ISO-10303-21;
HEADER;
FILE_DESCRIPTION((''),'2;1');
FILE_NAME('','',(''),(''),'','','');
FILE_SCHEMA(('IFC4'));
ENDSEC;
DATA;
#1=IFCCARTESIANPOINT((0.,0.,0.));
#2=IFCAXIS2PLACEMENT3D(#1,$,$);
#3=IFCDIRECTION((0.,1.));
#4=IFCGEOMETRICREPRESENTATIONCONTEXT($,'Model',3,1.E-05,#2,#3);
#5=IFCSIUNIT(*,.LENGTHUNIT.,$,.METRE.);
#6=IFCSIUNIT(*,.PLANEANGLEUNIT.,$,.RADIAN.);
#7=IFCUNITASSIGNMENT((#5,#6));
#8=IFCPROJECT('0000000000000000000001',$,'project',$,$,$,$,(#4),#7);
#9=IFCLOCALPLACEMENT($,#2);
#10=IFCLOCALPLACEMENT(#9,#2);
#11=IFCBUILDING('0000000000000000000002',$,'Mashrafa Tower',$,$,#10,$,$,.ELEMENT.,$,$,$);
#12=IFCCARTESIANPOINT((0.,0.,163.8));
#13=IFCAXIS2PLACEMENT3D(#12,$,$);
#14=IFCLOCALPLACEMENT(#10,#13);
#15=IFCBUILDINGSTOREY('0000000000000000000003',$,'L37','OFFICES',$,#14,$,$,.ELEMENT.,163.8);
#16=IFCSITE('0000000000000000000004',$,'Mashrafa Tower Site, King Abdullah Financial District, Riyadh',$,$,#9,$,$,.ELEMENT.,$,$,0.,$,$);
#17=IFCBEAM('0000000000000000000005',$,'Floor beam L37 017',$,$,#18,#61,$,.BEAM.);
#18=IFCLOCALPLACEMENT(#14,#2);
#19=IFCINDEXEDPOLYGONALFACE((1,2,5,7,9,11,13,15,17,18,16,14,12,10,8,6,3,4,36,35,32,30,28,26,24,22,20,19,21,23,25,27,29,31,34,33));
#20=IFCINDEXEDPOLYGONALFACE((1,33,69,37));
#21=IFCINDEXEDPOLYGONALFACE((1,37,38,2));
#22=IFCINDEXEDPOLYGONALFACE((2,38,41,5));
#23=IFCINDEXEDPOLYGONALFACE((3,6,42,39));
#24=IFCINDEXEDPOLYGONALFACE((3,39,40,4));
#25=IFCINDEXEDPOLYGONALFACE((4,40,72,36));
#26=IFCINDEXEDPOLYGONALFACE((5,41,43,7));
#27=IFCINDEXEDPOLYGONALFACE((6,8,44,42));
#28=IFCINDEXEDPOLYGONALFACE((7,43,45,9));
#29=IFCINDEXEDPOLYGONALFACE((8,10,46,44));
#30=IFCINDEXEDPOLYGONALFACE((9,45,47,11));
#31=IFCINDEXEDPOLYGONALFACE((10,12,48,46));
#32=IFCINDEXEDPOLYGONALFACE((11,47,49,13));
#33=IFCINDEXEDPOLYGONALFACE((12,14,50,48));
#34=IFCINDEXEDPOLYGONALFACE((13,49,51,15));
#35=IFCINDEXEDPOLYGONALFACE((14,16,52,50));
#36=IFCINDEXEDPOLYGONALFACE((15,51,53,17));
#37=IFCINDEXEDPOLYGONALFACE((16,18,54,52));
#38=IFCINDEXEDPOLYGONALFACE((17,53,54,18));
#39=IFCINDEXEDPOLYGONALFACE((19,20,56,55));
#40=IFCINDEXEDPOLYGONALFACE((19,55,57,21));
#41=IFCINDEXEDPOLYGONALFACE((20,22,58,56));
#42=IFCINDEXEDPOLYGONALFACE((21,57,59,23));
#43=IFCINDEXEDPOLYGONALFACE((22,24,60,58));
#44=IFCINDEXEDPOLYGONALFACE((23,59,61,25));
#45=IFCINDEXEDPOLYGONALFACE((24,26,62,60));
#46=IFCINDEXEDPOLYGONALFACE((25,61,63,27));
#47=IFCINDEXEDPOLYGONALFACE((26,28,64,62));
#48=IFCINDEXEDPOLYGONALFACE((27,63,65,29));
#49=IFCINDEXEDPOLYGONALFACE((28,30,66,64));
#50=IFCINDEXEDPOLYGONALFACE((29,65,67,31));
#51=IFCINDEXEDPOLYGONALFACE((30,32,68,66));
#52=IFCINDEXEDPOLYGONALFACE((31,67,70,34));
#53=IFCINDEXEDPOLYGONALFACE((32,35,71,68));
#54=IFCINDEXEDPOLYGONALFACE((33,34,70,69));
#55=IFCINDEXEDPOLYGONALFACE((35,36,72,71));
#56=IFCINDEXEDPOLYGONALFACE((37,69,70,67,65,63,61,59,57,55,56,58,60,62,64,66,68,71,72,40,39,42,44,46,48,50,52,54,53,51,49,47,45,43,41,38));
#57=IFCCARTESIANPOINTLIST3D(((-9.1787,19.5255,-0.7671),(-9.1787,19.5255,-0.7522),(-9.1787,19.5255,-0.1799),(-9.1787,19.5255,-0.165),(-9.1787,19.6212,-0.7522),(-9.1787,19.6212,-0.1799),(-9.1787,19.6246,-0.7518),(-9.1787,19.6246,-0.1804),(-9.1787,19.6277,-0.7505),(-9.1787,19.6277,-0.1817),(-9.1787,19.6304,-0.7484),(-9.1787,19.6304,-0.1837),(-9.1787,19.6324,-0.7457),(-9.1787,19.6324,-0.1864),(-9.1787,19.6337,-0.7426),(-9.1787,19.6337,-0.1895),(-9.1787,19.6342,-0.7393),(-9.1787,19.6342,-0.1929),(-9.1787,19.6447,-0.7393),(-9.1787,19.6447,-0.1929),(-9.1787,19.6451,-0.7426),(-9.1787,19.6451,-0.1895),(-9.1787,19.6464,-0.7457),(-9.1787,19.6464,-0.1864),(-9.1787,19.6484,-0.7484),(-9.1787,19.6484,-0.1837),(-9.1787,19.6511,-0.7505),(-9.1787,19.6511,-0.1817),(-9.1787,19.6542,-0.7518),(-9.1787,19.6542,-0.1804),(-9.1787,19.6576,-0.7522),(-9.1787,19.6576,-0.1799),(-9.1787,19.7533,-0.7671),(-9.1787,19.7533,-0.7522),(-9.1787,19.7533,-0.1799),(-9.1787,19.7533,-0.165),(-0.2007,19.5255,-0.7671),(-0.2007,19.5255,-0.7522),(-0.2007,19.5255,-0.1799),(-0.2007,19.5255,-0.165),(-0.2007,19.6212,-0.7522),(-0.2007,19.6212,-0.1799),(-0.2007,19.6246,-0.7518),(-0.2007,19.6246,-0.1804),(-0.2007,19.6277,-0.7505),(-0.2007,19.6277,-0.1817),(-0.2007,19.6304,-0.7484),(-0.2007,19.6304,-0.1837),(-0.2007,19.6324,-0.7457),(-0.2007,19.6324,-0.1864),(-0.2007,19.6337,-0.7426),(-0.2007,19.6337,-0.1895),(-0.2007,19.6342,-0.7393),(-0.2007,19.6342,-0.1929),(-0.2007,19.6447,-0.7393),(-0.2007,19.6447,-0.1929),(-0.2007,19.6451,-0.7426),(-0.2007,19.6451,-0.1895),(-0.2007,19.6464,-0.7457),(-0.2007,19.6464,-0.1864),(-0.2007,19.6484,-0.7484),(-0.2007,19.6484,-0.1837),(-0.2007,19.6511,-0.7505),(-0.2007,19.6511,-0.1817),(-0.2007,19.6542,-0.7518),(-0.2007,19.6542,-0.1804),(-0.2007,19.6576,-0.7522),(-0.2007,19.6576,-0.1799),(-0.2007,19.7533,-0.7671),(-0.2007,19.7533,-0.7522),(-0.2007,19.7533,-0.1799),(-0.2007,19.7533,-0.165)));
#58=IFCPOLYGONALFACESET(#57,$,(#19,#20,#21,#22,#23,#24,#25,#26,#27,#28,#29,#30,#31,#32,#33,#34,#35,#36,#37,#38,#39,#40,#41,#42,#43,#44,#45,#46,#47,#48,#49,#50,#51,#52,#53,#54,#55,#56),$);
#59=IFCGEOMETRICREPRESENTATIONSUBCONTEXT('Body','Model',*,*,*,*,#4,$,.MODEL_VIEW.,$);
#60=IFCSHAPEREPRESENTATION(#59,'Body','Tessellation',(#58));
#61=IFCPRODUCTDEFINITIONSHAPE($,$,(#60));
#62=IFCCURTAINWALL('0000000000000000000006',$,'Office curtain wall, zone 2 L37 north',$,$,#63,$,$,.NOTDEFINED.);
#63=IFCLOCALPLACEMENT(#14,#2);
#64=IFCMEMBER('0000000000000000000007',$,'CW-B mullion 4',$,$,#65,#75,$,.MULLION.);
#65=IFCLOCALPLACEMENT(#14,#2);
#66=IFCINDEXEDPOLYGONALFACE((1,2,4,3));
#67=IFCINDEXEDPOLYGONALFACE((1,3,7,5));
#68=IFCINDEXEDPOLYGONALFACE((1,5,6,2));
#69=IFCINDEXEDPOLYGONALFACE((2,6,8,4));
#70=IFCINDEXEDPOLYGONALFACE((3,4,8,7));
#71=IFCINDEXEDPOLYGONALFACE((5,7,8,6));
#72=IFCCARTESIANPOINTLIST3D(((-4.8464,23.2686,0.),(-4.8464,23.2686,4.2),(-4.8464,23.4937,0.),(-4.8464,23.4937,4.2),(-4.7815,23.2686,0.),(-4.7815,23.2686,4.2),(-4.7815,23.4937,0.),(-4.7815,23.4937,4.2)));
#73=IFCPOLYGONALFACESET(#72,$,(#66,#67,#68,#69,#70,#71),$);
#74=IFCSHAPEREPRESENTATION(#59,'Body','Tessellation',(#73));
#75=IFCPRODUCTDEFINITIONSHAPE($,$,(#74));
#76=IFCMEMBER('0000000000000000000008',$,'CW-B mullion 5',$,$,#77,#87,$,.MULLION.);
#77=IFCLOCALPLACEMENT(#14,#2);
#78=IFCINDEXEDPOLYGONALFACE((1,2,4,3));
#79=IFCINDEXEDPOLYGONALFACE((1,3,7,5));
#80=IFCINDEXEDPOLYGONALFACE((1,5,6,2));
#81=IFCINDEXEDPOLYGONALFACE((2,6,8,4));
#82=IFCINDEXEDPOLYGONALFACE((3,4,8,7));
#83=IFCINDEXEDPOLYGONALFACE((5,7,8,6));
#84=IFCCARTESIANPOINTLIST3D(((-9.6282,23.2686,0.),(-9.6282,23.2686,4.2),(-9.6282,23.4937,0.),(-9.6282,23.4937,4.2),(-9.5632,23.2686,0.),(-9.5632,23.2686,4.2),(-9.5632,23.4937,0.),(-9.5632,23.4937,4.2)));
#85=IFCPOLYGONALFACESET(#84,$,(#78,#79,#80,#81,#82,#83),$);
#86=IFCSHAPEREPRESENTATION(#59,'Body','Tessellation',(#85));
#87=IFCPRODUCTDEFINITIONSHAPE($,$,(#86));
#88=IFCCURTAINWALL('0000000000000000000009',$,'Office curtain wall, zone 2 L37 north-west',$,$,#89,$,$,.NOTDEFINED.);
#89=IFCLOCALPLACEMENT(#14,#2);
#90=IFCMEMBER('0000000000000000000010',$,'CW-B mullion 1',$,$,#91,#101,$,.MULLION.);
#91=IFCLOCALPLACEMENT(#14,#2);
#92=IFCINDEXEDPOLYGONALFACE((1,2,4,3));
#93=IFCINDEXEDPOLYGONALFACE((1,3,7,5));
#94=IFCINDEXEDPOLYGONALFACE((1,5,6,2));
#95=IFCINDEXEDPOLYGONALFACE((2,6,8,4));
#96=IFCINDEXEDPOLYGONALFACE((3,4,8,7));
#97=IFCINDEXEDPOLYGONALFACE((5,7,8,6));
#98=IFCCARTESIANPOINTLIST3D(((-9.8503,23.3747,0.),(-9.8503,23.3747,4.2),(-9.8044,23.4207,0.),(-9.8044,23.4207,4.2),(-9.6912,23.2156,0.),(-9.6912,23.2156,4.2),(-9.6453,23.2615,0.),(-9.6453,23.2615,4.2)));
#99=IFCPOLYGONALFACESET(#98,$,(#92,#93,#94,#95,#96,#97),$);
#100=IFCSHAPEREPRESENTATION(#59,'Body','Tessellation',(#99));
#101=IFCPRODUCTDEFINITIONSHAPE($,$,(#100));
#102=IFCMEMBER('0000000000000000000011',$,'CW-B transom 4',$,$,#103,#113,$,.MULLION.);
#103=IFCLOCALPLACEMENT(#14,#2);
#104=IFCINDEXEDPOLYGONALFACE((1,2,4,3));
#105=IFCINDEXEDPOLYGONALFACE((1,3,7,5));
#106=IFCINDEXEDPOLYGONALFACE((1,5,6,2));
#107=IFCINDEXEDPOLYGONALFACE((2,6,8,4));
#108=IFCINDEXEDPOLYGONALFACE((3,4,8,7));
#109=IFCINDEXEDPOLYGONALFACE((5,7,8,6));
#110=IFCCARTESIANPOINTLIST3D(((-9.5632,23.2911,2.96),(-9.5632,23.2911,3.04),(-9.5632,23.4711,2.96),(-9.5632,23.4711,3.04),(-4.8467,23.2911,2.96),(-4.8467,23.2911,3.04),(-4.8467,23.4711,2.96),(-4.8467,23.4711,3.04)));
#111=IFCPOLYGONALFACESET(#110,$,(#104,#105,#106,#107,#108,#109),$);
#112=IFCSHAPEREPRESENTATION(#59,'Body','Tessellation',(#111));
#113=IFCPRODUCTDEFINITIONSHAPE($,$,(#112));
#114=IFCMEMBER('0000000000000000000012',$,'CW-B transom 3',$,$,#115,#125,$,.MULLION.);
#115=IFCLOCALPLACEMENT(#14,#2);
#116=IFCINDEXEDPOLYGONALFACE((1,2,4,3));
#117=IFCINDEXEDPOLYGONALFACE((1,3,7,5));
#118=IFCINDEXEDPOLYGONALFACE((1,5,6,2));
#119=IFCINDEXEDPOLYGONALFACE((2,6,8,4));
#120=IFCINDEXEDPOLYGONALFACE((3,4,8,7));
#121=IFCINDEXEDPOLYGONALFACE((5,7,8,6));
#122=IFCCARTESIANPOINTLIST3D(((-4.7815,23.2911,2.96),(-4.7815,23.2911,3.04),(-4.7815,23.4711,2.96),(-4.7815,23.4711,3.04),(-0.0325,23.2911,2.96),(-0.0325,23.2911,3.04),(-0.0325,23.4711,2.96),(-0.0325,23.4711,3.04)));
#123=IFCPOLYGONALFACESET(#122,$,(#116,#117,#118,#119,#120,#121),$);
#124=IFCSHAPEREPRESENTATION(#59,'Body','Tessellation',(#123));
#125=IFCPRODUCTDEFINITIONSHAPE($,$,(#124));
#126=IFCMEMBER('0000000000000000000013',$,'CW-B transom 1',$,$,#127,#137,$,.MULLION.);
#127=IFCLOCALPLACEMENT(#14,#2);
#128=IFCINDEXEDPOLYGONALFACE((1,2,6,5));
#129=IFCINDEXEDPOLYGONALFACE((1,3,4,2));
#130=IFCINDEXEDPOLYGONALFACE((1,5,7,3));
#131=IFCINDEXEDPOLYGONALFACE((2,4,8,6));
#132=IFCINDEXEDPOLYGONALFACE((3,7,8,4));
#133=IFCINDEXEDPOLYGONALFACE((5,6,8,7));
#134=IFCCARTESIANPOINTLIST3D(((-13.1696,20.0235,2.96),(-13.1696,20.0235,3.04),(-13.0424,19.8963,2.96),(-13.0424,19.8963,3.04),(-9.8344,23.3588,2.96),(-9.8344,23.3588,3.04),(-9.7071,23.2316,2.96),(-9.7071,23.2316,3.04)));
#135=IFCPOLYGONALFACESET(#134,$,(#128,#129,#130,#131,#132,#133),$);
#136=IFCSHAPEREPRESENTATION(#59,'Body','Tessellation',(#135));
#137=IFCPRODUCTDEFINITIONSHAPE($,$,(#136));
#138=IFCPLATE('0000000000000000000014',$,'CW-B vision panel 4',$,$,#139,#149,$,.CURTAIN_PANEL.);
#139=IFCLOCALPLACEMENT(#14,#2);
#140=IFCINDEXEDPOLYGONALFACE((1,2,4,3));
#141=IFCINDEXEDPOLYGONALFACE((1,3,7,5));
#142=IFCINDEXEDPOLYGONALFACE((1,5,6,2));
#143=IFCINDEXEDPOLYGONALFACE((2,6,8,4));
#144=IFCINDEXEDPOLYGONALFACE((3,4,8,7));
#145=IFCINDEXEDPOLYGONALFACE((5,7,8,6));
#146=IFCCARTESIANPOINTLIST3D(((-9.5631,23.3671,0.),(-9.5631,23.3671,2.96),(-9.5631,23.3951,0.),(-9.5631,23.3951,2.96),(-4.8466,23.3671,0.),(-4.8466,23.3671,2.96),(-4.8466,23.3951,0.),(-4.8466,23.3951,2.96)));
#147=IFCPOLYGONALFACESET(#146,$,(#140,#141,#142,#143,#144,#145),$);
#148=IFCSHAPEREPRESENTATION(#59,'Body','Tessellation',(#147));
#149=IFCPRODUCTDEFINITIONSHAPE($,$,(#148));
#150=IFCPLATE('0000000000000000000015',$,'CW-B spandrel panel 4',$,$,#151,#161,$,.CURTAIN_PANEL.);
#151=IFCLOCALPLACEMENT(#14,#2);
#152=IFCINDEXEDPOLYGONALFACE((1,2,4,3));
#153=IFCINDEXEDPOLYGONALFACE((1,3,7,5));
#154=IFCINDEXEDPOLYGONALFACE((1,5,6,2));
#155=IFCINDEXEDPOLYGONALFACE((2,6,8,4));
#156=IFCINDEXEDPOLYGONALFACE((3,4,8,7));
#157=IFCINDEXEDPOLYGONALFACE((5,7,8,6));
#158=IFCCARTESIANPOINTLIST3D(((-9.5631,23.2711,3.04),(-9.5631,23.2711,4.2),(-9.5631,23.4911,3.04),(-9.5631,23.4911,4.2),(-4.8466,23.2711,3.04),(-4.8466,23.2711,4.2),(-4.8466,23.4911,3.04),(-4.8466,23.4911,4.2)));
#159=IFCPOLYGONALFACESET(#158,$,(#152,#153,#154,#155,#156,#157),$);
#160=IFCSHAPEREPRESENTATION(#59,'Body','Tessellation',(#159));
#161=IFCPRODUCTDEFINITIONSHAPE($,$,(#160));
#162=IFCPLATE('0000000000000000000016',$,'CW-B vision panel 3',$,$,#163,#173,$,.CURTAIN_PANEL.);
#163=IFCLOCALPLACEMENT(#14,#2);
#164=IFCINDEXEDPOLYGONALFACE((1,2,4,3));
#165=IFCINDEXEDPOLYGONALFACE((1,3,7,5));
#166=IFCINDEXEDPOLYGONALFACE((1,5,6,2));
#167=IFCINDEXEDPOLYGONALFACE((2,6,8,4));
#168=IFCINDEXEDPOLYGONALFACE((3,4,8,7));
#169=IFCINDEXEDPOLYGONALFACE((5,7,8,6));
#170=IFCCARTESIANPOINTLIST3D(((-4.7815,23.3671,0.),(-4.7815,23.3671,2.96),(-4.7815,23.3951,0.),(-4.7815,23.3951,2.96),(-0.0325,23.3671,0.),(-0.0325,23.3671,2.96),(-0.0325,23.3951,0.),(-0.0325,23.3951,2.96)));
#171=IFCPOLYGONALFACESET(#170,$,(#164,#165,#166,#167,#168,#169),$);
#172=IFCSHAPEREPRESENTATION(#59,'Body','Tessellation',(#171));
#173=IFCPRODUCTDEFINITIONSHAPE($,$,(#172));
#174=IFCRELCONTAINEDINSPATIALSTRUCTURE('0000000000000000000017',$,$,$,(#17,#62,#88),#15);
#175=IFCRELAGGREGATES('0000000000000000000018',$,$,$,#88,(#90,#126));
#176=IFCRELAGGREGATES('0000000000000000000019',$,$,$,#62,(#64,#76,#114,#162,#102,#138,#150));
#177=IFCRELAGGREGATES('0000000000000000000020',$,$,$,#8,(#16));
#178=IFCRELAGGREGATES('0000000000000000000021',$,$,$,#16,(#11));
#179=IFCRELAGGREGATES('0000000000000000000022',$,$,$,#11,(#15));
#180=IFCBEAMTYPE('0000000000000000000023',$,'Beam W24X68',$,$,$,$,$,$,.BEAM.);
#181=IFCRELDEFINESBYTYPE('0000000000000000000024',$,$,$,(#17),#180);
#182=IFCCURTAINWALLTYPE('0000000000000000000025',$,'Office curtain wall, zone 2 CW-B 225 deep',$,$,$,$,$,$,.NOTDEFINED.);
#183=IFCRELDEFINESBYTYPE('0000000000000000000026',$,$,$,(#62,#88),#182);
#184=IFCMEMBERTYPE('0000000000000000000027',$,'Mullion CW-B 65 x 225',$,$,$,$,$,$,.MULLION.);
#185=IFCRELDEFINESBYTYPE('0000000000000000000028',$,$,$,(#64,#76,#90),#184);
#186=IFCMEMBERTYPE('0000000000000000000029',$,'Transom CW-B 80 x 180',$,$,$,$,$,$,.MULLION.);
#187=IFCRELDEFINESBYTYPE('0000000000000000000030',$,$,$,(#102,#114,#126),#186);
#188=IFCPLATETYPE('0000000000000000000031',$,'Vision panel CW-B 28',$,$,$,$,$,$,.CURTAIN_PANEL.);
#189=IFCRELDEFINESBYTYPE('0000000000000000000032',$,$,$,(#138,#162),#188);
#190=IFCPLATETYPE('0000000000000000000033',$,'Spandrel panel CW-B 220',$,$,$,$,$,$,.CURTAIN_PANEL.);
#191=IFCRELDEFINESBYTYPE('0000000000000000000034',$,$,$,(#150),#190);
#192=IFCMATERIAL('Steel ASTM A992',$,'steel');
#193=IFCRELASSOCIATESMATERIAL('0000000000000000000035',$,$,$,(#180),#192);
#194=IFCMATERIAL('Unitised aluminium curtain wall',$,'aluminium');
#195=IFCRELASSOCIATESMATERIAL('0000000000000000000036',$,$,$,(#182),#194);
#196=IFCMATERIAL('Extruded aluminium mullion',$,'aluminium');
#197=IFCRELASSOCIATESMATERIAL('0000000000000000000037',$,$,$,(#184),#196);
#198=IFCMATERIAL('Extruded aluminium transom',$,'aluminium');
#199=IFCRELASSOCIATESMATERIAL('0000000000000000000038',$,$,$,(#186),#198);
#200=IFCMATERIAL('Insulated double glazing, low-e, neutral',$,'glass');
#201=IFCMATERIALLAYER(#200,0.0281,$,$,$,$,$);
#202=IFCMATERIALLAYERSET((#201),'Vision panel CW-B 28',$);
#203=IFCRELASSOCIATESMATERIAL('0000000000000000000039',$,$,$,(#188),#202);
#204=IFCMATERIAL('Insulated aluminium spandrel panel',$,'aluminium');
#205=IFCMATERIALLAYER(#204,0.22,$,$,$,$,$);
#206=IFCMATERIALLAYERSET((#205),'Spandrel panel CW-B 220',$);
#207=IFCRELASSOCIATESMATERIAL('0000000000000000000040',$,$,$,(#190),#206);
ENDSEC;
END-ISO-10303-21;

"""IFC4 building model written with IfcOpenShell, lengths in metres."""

from ifc_helpers import new_model, si_unit, direction, frame, origin, origin_2d, place, context, subcontext, project, spatial, rectangle, i_section, extrude, source, transform, mapped, material, layer, layer_set, material_profile, profile_set, type_object, type_shapes, element, aggregate, save


model = new_model("IFC4")

# Units and contexts
model_context = context("Model", 3, precision=1e-05, world=origin(), true_north=direction((0.0, 1.0)))
body_context = subcontext(model_context, "Body", "Model", "MODEL_VIEW")
ifc_project = project(units=[si_unit("LENGTHUNIT", "METRE"), si_unit("PLANEANGLEUNIT", "RADIAN")], contexts=[model_context])

# Site, building, storey
site_placement = place(None, origin())
site = spatial("IfcSite", under=ifc_project, at=site_placement, Name="Mashrafa Tower Site, King Abdullah Financial District, Riyadh", CompositionType="ELEMENT", RefElevation=0.0)
building_placement = place(site_placement, origin())
building = spatial("IfcBuilding", under=site, at=building_placement, Name="Mashrafa Tower", CompositionType="ELEMENT")
storey_placement = place(building_placement, frame((0.0, 0.0, 163.8)))
storey = spatial("IfcBuildingStorey", under=building, at=storey_placement, Name="L37", Description="OFFICES", CompositionType="ELEMENT", Elevation=163.8)

# Beam
ifc_material_1 = material(Name="Steel ASTM A992", Category="steel")
ifc_material_profile_1 = material_profile(ifc_material_1, i_section(OverallWidth=0.2278, OverallDepth=0.6021, WebThickness=0.0105, FlangeThickness=0.0149, FilletRadius=0.0129, at=origin_2d()), Name="W24X68")
ifc_profile_set_1 = profile_set([ifc_material_profile_1], Name="Steel ASTM A992")
beam_type_1 = type_object("IfcBeamType", Name="Beam W24X68", PredefinedType="BEAM", material=ifc_profile_set_1)
beam_1_placement = place(storey_placement, frame((-9.1787, 19.6394, -0.4661), z_axis=(1.0, 0.0, 0.0), x_axis=(0.0, 1.0, 0.0)))
element("IfcBeam", 1, at=beam_1_placement, inside=storey, type_object=beam_type_1, Name="Floor beam L37 017", PredefinedType="BEAM", context=body_context, shape_type="SweptSolid", body=[
    extrude(i_section(OverallWidth=0.2278, OverallDepth=0.6021, WebThickness=0.0105, FlangeThickness=0.0149, FilletRadius=0.0129, at=origin_2d()), origin(), (0.0, 0.0, 1.0), 8.978),
])

# Curtain wall, members
ifc_material_2 = material(Name="Unitised aluminium curtain wall", Category="aluminium")
curtain_wall_type = type_object("IfcCurtainWallType", Name="Office curtain wall, zone 2 CW-B 225 deep", PredefinedType="NOTDEFINED", material=ifc_material_2)
curtain_wall_1_placement = place(storey_placement, origin())
curtain_wall_1 = element("IfcCurtainWall", 2, at=curtain_wall_1_placement, inside=storey, type_object=curtain_wall_type, Name="Office curtain wall, zone 2 L37 north", PredefinedType="NOTDEFINED")
ifc_material_3 = material(Name="Extruded aluminium mullion", Category="aluminium")
ifc_material_profile_2 = material_profile(ifc_material_3, rectangle(XDim=0.2251, YDim=0.0649, at=origin_2d()), Name="Mullion 65x225")
ifc_profile_set_2 = profile_set([ifc_material_profile_2], Name="Extruded aluminium mullion")
member_type_1 = type_object("IfcMemberType", Name="Mullion CW-B 65 x 225", PredefinedType="MULLION", material=ifc_profile_set_2)
shared_shape_1 = source(origin(), body_context, "Body", "SweptSolid", [
    extrude(rectangle(XDim=0.2251, YDim=0.0649, at=origin_2d()), origin(), (0.0, 0.0, 1.0), 4.2),
])
type_shapes(member_type_1, [shared_shape_1])
member_1_placement = place(storey_placement, frame((-4.814, 23.3811, 0.0), z_axis=(0.0, 0.0, 1.0), x_axis=(0.0, -1.0, 0.0)))
member_1 = element("IfcMember", 3, at=member_1_placement, type_object=member_type_1, Name="CW-B mullion 4", PredefinedType="MULLION", context=body_context, shape_type="MappedRepresentation", body=[
    mapped(shared_shape_1, transform((0.0, 0.0, 0.0))),
])
member_2_placement = place(storey_placement, frame((-9.5957, 23.3811, 0.0), z_axis=(0.0, 0.0, 1.0), x_axis=(0.0, -1.0, 0.0)))
member_2 = element("IfcMember", 4, at=member_2_placement, type_object=member_type_1, Name="CW-B mullion 5", PredefinedType="MULLION", context=body_context, shape_type="MappedRepresentation", body=[
    mapped(shared_shape_1, transform((0.0, 0.0, 0.0))),
])

# Curtain wall, member
curtain_wall_2_placement = place(storey_placement, origin())
curtain_wall_2 = element("IfcCurtainWall", 5, at=curtain_wall_2_placement, inside=storey, type_object=curtain_wall_type, Name="Office curtain wall, zone 2 L37 north-west", PredefinedType="NOTDEFINED")
member_3_placement = place(storey_placement, frame((-9.7478, 23.3181, 0.0), z_axis=(0.0, 0.0, 1.0), x_axis=(0.707107, -0.707107, 0.0)))
member_3 = element("IfcMember", 6, at=member_3_placement, type_object=member_type_1, Name="CW-B mullion 1", PredefinedType="MULLION", context=body_context, shape_type="MappedRepresentation", body=[
    mapped(shared_shape_1, transform((0.0, 0.0, 0.0))),
])

# Members
ifc_material_4 = material(Name="Extruded aluminium transom", Category="aluminium")
ifc_material_profile_3 = material_profile(ifc_material_4, rectangle(XDim=0.1799, YDim=0.0801, at=origin_2d()), Name="Transom 80x180")
ifc_profile_set_3 = profile_set([ifc_material_profile_3], Name="Extruded aluminium transom")
member_type_2 = type_object("IfcMemberType", Name="Transom CW-B 80 x 180", PredefinedType="MULLION", material=ifc_profile_set_3)
shared_shape_2 = source(origin(), body_context, "Body", "SweptSolid", [
    extrude(rectangle(XDim=0.1799, YDim=0.0801, at=origin_2d()), origin(), (0.0, 0.0, 1.0), 4.7166),
])
member_4_placement = place(storey_placement, frame((-4.8467, 23.3811, 3.0), z_axis=(-1.0, 0.0, 0.0), x_axis=(0.0, -1.0, 0.0)))
member_4 = element("IfcMember", 7, at=member_4_placement, type_object=member_type_2, Name="CW-B transom 4", PredefinedType="MULLION", context=body_context, shape_type="MappedRepresentation", body=[
    mapped(shared_shape_2, transform((0.0, 0.0, 0.0))),
])
shared_shape_3 = source(origin(), body_context, "Body", "SweptSolid", [
    extrude(rectangle(XDim=0.1799, YDim=0.0801, at=origin_2d()), origin(), (0.0, 0.0, 1.0), 4.749),
])
member_5_placement = place(storey_placement, frame((-0.0325, 23.3811, 3.0), z_axis=(-1.0, 0.0, 0.0), x_axis=(0.0, -1.0, 0.0)))
member_5 = element("IfcMember", 8, at=member_5_placement, type_object=member_type_2, Name="CW-B transom 3", PredefinedType="MULLION", context=body_context, shape_type="MappedRepresentation", body=[
    mapped(shared_shape_3, transform((0.0, 0.0, 0.0))),
])
shared_shape_4 = source(origin(), body_context, "Body", "SweptSolid", [
    extrude(rectangle(XDim=0.1799, YDim=0.0801, at=origin_2d()), origin(), (0.0, 0.0, 1.0), 4.7168),
])
type_shapes(member_type_2, [shared_shape_2, shared_shape_3, shared_shape_4])
member_6_placement = place(storey_placement, frame((-9.7708, 23.2952, 3.0), z_axis=(-0.707107, -0.707107, 0.0), x_axis=(0.707107, -0.707107, 0.0)))
member_6 = element("IfcMember", 9, at=member_6_placement, type_object=member_type_2, Name="CW-B transom 1", PredefinedType="MULLION", context=body_context, shape_type="MappedRepresentation", body=[
    mapped(shared_shape_4, transform((0.0, 0.0, 0.0))),
])
aggregate(curtain_wall_2, [member_3, member_6])

# Plates
ifc_material_5 = material(Name="Insulated double glazing, low-e, neutral", Category="glass")
ifc_layer_1 = layer(ifc_material_5, 0.0281)
ifc_layer_set_1 = layer_set([ifc_layer_1], Name="Vision panel CW-B 28")
plate_type_1 = type_object("IfcPlateType", Name="Vision panel CW-B 28", PredefinedType="CURTAIN_PANEL", material=ifc_layer_set_1)
shared_shape_5 = source(origin(), body_context, "Body", "SweptSolid", [
    extrude(rectangle(XDim=4.7166, YDim=0.0281, at=origin_2d()), origin(), (0.0, 0.0, 1.0), 2.96),
])
plate_1_placement = place(storey_placement, frame((-7.2048, 23.3811, 0.0), z_axis=(0.0, 0.0, 1.0), x_axis=(-1.0, 0.0, 0.0)))
plate_1 = element("IfcPlate", 10, at=plate_1_placement, type_object=plate_type_1, Name="CW-B vision panel 4", PredefinedType="CURTAIN_PANEL", context=body_context, shape_type="MappedRepresentation", body=[
    mapped(shared_shape_5, transform((0.0, 0.0, 0.0))),
])
ifc_material_6 = material(Name="Insulated aluminium spandrel panel", Category="aluminium")
ifc_layer_2 = layer(ifc_material_6, 0.22)
ifc_layer_set_2 = layer_set([ifc_layer_2], Name="Spandrel panel CW-B 220")
plate_type_2 = type_object("IfcPlateType", Name="Spandrel panel CW-B 220", PredefinedType="CURTAIN_PANEL", material=ifc_layer_set_2)
shared_shape_6 = source(origin(), body_context, "Body", "SweptSolid", [
    extrude(rectangle(XDim=4.7166, YDim=0.22, at=origin_2d()), origin(), (0.0, 0.0, 1.0), 1.1599),
])
plate_2_placement = place(storey_placement, frame((-7.2048, 23.3811, 3.04), z_axis=(0.0, 0.0, 1.0), x_axis=(-1.0, 0.0, 0.0)))
plate_2 = element("IfcPlate", 11, at=plate_2_placement, type_object=plate_type_2, Name="CW-B spandrel panel 4", PredefinedType="CURTAIN_PANEL", context=body_context, shape_type="MappedRepresentation", body=[
    mapped(shared_shape_6, transform((0.0, 0.0, 0.0))),
])
shared_shape_7 = source(origin(), body_context, "Body", "SweptSolid", [
    extrude(rectangle(XDim=4.749, YDim=0.0281, at=origin_2d()), origin(), (0.0, 0.0, 1.0), 2.96),
])
type_shapes(plate_type_1, [shared_shape_5, shared_shape_7])
plate_3_placement = place(storey_placement, frame((-2.407, 23.3811, 0.0), z_axis=(0.0, 0.0, 1.0), x_axis=(-1.0, 0.0, 0.0)))
plate_3 = element("IfcPlate", 12, at=plate_3_placement, type_object=plate_type_1, Name="CW-B vision panel 3", PredefinedType="CURTAIN_PANEL", context=body_context, shape_type="MappedRepresentation", body=[
    mapped(shared_shape_7, transform((0.0, 0.0, 0.0))),
])
aggregate(curtain_wall_1, [member_1, member_2, member_5, plate_3, member_4, plate_1, plate_2])

save(model, "model.ifc")
